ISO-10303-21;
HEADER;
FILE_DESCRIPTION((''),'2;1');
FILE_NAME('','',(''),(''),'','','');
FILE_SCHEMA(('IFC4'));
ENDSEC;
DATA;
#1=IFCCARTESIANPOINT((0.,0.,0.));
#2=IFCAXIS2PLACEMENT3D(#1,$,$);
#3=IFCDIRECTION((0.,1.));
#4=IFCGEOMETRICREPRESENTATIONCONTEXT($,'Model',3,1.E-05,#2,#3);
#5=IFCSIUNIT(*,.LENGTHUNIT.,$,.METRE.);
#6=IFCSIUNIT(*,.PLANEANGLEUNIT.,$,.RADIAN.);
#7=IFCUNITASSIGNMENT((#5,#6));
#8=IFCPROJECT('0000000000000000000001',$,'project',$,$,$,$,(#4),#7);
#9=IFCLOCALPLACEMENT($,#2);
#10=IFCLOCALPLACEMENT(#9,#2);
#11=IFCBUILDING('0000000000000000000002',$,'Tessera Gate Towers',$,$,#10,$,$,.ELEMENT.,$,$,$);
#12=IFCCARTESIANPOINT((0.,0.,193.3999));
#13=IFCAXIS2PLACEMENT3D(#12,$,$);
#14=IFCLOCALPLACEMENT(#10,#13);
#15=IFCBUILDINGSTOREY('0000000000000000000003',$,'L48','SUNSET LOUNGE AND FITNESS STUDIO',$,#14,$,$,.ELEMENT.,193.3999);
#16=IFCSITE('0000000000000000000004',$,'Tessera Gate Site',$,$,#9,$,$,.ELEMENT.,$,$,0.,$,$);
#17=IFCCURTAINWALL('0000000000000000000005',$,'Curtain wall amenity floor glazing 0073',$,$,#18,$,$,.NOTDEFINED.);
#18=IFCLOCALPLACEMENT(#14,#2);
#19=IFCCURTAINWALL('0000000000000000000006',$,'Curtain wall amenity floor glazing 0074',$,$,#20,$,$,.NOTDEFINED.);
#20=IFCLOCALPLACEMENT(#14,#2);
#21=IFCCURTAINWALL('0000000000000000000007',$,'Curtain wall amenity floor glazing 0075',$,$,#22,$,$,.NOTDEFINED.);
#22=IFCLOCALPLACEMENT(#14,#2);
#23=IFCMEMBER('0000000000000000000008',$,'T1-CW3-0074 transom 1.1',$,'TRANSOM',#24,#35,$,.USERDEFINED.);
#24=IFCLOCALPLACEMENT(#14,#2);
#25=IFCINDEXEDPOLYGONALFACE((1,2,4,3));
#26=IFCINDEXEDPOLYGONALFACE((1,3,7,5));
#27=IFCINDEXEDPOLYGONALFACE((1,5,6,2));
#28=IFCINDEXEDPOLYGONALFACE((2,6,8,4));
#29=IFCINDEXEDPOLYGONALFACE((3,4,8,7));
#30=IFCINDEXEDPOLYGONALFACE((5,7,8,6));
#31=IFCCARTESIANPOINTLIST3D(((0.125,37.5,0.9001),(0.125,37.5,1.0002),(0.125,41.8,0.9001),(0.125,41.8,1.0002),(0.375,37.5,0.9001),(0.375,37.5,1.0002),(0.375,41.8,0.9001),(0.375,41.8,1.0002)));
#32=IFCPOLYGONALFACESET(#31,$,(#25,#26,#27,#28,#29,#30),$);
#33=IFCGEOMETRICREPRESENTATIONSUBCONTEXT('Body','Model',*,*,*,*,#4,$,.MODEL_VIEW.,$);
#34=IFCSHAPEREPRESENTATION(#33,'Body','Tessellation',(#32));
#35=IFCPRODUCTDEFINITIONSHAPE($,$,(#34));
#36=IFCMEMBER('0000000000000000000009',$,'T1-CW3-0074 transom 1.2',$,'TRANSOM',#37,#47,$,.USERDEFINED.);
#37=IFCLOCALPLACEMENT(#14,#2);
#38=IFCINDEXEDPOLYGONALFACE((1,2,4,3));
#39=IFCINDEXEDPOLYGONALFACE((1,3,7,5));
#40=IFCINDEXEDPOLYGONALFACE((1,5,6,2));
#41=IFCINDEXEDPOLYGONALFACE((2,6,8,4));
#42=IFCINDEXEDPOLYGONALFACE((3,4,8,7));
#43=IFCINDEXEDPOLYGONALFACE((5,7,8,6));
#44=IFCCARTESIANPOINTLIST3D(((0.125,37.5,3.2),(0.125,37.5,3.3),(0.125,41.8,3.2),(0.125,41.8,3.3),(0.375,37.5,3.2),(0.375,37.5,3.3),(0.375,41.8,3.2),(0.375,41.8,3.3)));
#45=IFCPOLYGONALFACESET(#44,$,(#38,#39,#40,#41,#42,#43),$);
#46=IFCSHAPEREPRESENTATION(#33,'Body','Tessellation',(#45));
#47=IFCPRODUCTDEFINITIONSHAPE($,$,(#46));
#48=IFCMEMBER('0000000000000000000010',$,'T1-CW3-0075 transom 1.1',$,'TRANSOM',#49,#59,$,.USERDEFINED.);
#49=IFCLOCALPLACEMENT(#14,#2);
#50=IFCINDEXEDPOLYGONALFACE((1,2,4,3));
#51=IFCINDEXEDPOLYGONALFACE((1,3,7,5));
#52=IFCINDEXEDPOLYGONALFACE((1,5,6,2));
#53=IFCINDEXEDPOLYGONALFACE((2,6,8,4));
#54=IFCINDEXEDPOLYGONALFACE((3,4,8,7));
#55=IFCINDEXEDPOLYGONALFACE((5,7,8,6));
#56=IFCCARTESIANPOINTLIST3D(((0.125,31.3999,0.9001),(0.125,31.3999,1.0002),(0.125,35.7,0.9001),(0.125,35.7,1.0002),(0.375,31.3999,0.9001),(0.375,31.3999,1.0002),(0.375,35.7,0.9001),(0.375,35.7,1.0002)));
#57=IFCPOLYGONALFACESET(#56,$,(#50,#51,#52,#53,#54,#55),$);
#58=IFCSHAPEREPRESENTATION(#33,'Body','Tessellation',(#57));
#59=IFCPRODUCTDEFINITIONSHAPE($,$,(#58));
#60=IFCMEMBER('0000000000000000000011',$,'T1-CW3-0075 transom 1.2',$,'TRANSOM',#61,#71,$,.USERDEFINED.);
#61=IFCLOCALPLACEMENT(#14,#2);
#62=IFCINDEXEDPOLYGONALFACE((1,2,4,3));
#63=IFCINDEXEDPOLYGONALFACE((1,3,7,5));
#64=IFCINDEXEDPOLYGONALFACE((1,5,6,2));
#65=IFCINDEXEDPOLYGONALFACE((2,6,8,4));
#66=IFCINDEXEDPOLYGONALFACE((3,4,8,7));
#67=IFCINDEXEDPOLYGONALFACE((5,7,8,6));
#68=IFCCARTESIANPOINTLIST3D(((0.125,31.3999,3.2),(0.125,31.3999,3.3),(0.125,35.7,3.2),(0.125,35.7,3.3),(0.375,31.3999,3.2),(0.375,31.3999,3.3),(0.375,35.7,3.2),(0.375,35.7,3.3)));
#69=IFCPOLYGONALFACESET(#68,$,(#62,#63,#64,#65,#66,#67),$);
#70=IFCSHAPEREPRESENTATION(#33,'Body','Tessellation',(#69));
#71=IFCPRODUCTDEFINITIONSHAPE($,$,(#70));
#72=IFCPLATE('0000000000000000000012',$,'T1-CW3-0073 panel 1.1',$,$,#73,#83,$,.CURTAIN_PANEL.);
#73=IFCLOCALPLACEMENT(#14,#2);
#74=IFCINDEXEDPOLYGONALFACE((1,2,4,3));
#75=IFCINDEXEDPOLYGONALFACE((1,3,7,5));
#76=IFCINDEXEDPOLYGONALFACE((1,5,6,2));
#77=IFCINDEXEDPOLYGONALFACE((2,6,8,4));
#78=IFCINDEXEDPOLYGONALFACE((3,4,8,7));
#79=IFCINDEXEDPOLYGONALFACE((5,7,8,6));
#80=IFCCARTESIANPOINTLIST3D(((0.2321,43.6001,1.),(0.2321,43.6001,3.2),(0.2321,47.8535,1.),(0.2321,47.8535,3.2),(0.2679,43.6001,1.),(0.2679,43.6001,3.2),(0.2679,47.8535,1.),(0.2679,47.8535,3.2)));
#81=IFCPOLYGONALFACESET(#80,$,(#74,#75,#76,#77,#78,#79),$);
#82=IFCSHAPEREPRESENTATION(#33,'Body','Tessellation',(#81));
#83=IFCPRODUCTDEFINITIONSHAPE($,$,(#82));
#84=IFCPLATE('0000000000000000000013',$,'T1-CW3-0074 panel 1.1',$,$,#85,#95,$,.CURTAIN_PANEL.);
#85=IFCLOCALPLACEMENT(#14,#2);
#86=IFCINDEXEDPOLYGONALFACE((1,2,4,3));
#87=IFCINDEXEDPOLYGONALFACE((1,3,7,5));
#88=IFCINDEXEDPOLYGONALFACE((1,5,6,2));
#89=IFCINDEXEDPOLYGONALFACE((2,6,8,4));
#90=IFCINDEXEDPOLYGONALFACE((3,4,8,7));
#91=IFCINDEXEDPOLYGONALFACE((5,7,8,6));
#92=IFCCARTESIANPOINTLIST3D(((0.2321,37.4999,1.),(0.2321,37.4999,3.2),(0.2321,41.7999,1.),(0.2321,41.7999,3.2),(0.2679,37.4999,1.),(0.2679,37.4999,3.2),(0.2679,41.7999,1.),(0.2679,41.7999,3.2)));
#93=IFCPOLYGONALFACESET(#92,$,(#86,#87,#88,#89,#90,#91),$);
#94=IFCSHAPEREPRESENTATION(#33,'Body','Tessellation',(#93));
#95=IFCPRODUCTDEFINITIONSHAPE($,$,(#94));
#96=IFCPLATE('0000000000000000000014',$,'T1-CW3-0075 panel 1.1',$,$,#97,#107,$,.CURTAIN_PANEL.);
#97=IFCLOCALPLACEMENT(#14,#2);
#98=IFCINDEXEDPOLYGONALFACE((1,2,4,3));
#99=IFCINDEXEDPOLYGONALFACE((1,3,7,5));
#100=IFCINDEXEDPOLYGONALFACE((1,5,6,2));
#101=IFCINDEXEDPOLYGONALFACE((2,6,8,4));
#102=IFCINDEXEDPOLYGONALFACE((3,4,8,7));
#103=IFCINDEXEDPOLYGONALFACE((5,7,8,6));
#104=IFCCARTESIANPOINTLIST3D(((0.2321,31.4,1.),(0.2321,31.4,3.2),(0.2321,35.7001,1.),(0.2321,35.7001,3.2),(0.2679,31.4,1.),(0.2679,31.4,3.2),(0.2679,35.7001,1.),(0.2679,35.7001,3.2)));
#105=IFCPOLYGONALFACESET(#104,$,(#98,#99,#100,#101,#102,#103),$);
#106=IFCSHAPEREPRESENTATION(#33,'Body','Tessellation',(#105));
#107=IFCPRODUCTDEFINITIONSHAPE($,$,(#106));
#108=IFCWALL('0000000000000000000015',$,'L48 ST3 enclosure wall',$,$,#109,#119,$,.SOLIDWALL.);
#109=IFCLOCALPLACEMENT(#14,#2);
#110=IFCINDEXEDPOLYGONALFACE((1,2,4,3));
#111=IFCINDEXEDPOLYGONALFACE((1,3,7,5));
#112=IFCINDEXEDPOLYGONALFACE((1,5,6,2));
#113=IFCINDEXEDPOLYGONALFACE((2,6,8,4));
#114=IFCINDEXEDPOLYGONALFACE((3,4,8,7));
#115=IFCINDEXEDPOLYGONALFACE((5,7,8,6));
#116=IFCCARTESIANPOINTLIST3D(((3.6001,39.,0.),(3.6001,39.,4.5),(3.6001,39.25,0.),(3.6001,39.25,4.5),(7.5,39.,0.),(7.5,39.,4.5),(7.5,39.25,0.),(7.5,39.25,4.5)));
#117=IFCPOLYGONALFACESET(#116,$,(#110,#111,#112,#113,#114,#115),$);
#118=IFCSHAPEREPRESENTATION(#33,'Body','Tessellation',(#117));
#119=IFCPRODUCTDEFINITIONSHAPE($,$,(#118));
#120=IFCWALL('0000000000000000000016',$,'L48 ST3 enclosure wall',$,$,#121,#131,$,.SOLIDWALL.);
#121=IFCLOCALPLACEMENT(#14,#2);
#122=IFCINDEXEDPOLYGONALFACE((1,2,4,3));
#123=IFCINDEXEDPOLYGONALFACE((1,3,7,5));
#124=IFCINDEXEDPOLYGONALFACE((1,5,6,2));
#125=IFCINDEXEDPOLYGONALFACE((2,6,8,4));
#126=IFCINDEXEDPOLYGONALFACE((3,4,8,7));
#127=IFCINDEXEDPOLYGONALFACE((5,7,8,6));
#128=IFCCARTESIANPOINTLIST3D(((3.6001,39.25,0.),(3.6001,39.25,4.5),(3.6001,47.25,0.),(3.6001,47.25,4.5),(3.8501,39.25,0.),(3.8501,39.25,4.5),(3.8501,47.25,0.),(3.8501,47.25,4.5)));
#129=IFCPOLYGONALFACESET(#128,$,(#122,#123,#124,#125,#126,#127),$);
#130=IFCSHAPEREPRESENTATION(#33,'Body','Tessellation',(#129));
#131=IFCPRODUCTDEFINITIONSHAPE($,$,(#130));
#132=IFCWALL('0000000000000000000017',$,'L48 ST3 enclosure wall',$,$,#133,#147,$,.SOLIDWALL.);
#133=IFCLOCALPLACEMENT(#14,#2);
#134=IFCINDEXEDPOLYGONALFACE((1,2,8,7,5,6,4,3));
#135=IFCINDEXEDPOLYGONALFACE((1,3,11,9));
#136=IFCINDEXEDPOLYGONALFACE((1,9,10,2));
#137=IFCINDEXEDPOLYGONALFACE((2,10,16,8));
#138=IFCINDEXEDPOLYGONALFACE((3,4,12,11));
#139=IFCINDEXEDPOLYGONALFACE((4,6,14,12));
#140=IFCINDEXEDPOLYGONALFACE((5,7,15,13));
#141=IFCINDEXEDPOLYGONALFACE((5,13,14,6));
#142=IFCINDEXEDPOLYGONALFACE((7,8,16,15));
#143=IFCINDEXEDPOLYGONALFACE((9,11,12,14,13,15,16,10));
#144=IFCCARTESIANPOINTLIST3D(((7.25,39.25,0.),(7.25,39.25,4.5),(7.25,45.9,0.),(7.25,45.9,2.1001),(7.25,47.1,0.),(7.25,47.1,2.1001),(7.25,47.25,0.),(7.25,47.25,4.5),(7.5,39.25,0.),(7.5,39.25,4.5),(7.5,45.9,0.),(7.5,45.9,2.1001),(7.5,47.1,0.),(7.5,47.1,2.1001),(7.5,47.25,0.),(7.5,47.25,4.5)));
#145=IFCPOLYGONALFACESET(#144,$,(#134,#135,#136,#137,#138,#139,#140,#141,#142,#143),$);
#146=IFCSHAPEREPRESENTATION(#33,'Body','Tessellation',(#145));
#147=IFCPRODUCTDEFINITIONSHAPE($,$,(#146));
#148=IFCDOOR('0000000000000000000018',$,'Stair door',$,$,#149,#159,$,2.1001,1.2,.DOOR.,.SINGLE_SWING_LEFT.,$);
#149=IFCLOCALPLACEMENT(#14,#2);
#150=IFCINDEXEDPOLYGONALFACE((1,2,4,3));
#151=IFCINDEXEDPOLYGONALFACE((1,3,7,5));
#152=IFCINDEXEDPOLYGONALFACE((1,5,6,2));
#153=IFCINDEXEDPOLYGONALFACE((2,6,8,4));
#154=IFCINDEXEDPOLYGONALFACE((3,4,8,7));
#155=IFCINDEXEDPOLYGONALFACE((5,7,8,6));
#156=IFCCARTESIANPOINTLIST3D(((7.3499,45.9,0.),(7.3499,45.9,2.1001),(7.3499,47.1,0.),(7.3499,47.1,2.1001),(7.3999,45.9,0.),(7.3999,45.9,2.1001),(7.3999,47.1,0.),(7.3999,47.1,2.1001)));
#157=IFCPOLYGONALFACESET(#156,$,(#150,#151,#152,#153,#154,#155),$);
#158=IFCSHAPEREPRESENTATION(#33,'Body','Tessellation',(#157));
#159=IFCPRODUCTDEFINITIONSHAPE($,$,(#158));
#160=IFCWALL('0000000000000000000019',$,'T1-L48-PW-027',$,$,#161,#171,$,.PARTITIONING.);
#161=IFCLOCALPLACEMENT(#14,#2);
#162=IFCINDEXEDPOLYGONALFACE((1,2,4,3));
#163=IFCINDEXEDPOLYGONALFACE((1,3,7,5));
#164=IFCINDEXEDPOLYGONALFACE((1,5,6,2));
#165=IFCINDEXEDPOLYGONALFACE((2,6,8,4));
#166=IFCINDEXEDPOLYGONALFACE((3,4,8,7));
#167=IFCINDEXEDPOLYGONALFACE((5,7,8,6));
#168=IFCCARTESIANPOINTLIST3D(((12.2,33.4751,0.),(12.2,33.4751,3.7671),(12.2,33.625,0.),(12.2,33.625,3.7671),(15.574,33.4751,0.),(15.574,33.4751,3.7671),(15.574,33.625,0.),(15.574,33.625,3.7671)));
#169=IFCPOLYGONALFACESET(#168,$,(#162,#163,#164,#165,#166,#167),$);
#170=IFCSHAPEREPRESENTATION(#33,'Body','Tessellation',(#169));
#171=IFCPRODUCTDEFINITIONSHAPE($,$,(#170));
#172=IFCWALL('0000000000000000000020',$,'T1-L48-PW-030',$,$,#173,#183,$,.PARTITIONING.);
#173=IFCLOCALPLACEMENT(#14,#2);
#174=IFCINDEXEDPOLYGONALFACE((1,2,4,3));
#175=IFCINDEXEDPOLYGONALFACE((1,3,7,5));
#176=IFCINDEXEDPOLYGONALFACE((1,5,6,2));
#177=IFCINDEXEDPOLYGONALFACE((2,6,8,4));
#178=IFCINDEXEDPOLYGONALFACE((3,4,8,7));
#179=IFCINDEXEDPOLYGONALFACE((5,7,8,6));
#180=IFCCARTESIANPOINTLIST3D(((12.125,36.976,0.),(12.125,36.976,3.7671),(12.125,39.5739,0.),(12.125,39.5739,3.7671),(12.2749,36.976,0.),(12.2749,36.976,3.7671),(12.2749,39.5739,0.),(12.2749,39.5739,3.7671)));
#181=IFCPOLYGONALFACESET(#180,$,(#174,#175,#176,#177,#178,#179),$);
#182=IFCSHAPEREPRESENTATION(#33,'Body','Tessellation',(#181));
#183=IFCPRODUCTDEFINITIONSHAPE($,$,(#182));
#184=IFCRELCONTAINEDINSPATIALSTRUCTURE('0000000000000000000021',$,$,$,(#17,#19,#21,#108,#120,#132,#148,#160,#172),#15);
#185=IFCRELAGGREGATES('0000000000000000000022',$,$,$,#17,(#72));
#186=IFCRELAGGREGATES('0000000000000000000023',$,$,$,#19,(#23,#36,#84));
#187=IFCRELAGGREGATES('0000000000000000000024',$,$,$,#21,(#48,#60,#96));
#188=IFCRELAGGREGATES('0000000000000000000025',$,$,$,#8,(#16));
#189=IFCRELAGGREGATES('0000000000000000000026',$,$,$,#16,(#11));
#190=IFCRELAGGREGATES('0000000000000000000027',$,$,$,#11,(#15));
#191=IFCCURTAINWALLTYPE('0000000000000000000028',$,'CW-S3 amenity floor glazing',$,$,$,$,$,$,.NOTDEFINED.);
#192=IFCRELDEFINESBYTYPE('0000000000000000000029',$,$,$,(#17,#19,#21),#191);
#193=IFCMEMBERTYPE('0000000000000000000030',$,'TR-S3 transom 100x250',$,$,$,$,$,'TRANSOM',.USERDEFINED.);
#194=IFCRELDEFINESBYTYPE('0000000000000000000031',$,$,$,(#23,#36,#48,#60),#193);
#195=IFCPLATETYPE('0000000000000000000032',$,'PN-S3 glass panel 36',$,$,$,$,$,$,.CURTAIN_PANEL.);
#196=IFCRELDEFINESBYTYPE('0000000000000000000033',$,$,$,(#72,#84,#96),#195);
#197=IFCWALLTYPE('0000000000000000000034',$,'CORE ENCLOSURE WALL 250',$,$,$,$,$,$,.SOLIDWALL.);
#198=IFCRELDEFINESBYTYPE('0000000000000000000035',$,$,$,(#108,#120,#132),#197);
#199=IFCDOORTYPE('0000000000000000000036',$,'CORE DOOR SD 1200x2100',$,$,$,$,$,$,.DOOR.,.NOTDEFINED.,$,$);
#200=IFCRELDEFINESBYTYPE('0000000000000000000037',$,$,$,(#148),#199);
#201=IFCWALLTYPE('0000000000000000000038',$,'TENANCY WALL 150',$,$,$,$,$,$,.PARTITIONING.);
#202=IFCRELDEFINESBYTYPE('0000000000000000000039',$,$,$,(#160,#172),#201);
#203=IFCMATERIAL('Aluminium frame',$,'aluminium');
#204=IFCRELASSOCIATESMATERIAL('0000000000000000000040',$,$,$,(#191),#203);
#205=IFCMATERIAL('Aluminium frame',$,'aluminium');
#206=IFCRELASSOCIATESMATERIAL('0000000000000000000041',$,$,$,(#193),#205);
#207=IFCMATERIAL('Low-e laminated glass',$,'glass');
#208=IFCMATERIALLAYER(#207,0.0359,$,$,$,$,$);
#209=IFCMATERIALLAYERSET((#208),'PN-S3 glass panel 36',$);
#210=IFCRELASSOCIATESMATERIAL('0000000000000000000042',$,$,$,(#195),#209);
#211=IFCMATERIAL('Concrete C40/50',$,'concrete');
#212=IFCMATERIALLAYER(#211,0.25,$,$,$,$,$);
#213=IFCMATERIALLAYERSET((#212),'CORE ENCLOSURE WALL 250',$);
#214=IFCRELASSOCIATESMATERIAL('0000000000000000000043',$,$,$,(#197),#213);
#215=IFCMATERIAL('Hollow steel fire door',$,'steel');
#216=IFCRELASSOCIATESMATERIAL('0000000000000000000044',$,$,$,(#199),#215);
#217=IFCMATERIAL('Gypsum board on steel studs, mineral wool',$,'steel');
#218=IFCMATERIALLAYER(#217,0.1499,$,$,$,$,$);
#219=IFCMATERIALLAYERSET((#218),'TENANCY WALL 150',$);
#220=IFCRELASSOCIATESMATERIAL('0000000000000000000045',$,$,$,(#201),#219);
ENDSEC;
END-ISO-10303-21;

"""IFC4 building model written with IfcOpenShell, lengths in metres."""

from ifc_helpers import new_model, si_unit, direction, frame, frame_2d, origin, origin_2d, place, context, subcontext, project, spatial, rectangle, extrude, source, transform, mapped, material, layer, layer_set, material_profile, profile_set, type_object, element, fill, aggregate, save


model = new_model("IFC4")

# Units and contexts
model_context = context("Model", 3, precision=1e-05, world=origin(), true_north=direction((0.0, 1.0)))
body_context = subcontext(model_context, "Body", "Model", "MODEL_VIEW")
ifc_project = project(units=[si_unit("LENGTHUNIT", "METRE"), si_unit("PLANEANGLEUNIT", "RADIAN")], contexts=[model_context])

# Site, building, storey
site_placement = place(None, origin())
site = spatial("IfcSite", under=ifc_project, at=site_placement, Name="Tessera Gate Site", CompositionType="ELEMENT", RefElevation=0.0)
building_placement = place(site_placement, origin())
building = spatial("IfcBuilding", under=site, at=building_placement, Name="Tessera Gate Towers", CompositionType="ELEMENT")
storey_placement = place(building_placement, frame((0.0, 0.0, 193.3999)))
storey = spatial("IfcBuildingStorey", under=building, at=storey_placement, Name="L48", Description="SUNSET LOUNGE AND FITNESS STUDIO", CompositionType="ELEMENT", Elevation=193.3999)

# Curtain wall
ifc_material_1 = material(Name="Aluminium frame", Category="aluminium")
curtain_wall_type = type_object("IfcCurtainWallType", Name="CW-S3 amenity floor glazing", PredefinedType="NOTDEFINED", material=ifc_material_1)
curtain_wall_1_placement = place(storey_placement, origin())
curtain_wall_1 = element("IfcCurtainWall", 1, at=curtain_wall_1_placement, inside=storey, type_object=curtain_wall_type, Name="Curtain wall amenity floor glazing 0073", PredefinedType="NOTDEFINED")

# Curtain walls
curtain_wall_2_placement = place(storey_placement, origin())
curtain_wall_2 = element("IfcCurtainWall", 2, at=curtain_wall_2_placement, inside=storey, type_object=curtain_wall_type, Name="Curtain wall amenity floor glazing 0074", PredefinedType="NOTDEFINED")
curtain_wall_3_placement = place(storey_placement, origin())
curtain_wall_3 = element("IfcCurtainWall", 3, at=curtain_wall_3_placement, inside=storey, type_object=curtain_wall_type, Name="Curtain wall amenity floor glazing 0075", PredefinedType="NOTDEFINED")

# Members
ifc_material_2 = material(Name="Aluminium frame", Category="aluminium")
ifc_material_profile_1 = material_profile(ifc_material_2, rectangle(XDim=0.25, YDim=0.1001, at=origin_2d()), Name="AL 100x250")
ifc_profile_set_1 = profile_set([ifc_material_profile_1], Name="Aluminium frame")
member_type_1 = type_object("IfcMemberType", Name="TR-S3 transom 100x250", ElementType="TRANSOM", PredefinedType="USERDEFINED", material=ifc_profile_set_1)
member_1_placement = place(storey_placement, frame((0.25, 41.8, 0.9502), z_axis=(0.0, -1.0, 0.0), x_axis=(1.0, 0.0, 0.0)))
member_1 = element("IfcMember", 4, at=member_1_placement, type_object=member_type_1, Name="T1-CW3-0074 transom 1.1", ObjectType="TRANSOM", PredefinedType="USERDEFINED", context=body_context, shape_type="SweptSolid", body=[
    extrude(rectangle(XDim=0.25, YDim=0.1001, at=origin_2d()), origin(), (0.0, 0.0, 1.0), 4.3),
])
member_2_placement = place(storey_placement, frame((0.25, 41.8, 3.25), z_axis=(0.0, -1.0, 0.0), x_axis=(1.0, 0.0, 0.0)))
member_2 = element("IfcMember", 5, at=member_2_placement, type_object=member_type_1, Name="T1-CW3-0074 transom 1.2", ObjectType="TRANSOM", PredefinedType="USERDEFINED", context=body_context, shape_type="SweptSolid", body=[
    extrude(rectangle(XDim=0.25, YDim=0.1001, at=origin_2d()), origin(), (0.0, 0.0, 1.0), 4.3),
])
member_3_placement = place(storey_placement, frame((0.25, 35.7, 0.9502), z_axis=(0.0, -1.0, 0.0), x_axis=(1.0, 0.0, 0.0)))
member_3 = element("IfcMember", 6, at=member_3_placement, type_object=member_type_1, Name="T1-CW3-0075 transom 1.1", ObjectType="TRANSOM", PredefinedType="USERDEFINED", context=body_context, shape_type="SweptSolid", body=[
    extrude(rectangle(XDim=0.25, YDim=0.1001, at=origin_2d()), origin(), (0.0, 0.0, 1.0), 4.3),
])
member_4_placement = place(storey_placement, frame((0.25, 35.7, 3.25), z_axis=(0.0, -1.0, 0.0), x_axis=(1.0, 0.0, 0.0)))
member_4 = element("IfcMember", 7, at=member_4_placement, type_object=member_type_1, Name="T1-CW3-0075 transom 1.2", ObjectType="TRANSOM", PredefinedType="USERDEFINED", context=body_context, shape_type="SweptSolid", body=[
    extrude(rectangle(XDim=0.25, YDim=0.1001, at=origin_2d()), origin(), (0.0, 0.0, 1.0), 4.3),
])

# Plates
ifc_material_3 = material(Name="Low-e laminated glass", Category="glass")
ifc_layer_1 = layer(ifc_material_3, 0.0359)
ifc_layer_set_1 = layer_set([ifc_layer_1], Name="PN-S3 glass panel 36")
plate_type = type_object("IfcPlateType", Name="PN-S3 glass panel 36", PredefinedType="CURTAIN_PANEL", material=ifc_layer_set_1)
plate_1_placement = place(storey_placement, frame((0.25, 45.7268, 1.0), z_axis=(0.0, 0.0, 1.0), x_axis=(0.0, -1.0, 0.0)))
plate_1 = element("IfcPlate", 8, at=plate_1_placement, type_object=plate_type, Name="T1-CW3-0073 panel 1.1", PredefinedType="CURTAIN_PANEL", context=body_context, shape_type="SweptSolid", body=[
    extrude(rectangle(XDim=4.2534, YDim=0.0359, at=origin_2d()), origin(), (0.0, 0.0, 1.0), 2.2),
])
aggregate(curtain_wall_1, [plate_1])
plate_2_placement = place(storey_placement, frame((0.25, 39.6499, 1.0), z_axis=(0.0, 0.0, 1.0), x_axis=(0.0, -1.0, 0.0)))
plate_2 = element("IfcPlate", 9, at=plate_2_placement, type_object=plate_type, Name="T1-CW3-0074 panel 1.1", PredefinedType="CURTAIN_PANEL", context=body_context, shape_type="SweptSolid", body=[
    extrude(rectangle(XDim=4.3, YDim=0.0359, at=origin_2d()), origin(), (0.0, 0.0, 1.0), 2.2),
])
aggregate(curtain_wall_2, [member_1, member_2, plate_2])
plate_3_placement = place(storey_placement, frame((0.25, 33.55, 1.0), z_axis=(0.0, 0.0, 1.0), x_axis=(0.0, -1.0, 0.0)))
plate_3 = element("IfcPlate", 10, at=plate_3_placement, type_object=plate_type, Name="T1-CW3-0075 panel 1.1", PredefinedType="CURTAIN_PANEL", context=body_context, shape_type="SweptSolid", body=[
    extrude(rectangle(XDim=4.3, YDim=0.0359, at=origin_2d()), origin(), (0.0, 0.0, 1.0), 2.2),
])
aggregate(curtain_wall_3, [member_3, member_4, plate_3])

# Walls
ifc_material_4 = material(Name="Concrete C40/50", Category="concrete")
ifc_layer_2 = layer(ifc_material_4, 0.25)
ifc_layer_set_2 = layer_set([ifc_layer_2], Name="CORE ENCLOSURE WALL 250")
wall_type_1 = type_object("IfcWallType", Name="CORE ENCLOSURE WALL 250", PredefinedType="SOLIDWALL", material=ifc_layer_set_2)
wall_1_placement = place(storey_placement, frame((7.5, 39.125, 0.0), z_axis=(0.0, 0.0, 1.0), x_axis=(-1.0, 0.0, 0.0)))
element("IfcWall", 11, at=wall_1_placement, inside=storey, type_object=wall_type_1, Name="L48 ST3 enclosure wall", PredefinedType="SOLIDWALL", context=body_context, shape_type="SweptSolid", body=[
    extrude(rectangle(XDim=3.8999, YDim=0.25, at=frame_2d((1.95, 0.0))), origin(), (0.0, 0.0, 1.0), 4.5),
])
wall_2_placement = place(storey_placement, frame((3.7251, 39.25, 0.0), z_axis=(0.0, 0.0, 1.0), x_axis=(0.0, 1.0, 0.0)))
element("IfcWall", 12, at=wall_2_placement, inside=storey, type_object=wall_type_1, Name="L48 ST3 enclosure wall", PredefinedType="SOLIDWALL", context=body_context, shape_type="SweptSolid", body=[
    extrude(rectangle(XDim=8.0, YDim=0.25, at=frame_2d((4.0, 0.0))), origin(), (0.0, 0.0, 1.0), 4.5),
])

# Wall, opening, door
wall_3_placement = place(storey_placement, frame((7.375, 47.25, 0.0), z_axis=(0.0, 0.0, 1.0), x_axis=(0.0, -1.0, 0.0)))
wall_3 = element("IfcWall", 13, at=wall_3_placement, inside=storey, type_object=wall_type_1, Name="L48 ST3 enclosure wall", PredefinedType="SOLIDWALL", context=body_context, shape_type="SweptSolid", body=[
    extrude(rectangle(XDim=8.0, YDim=0.25, at=frame_2d((4.0, 0.0))), origin(), (0.0, 0.0, 1.0), 4.5),
])
shared_shape_1 = source(origin(), body_context, "Body", "SweptSolid", [
    extrude(rectangle(XDim=1.2, YDim=2.1001, at=frame_2d((0.6001, 1.05))), frame((0.0, 0.135, 0.0), z_axis=(0.0, -1.0, 0.0), x_axis=(1.0, 0.0, 0.0)), (0.0, 0.0, 1.0), 0.27),
])
opening_placement = place(wall_3_placement, frame((0.1499, 0.0, 0.0)))
opening = element("IfcOpeningElement", 14, at=opening_placement, cuts=wall_3, PredefinedType="OPENING", context=body_context, shape_type="MappedRepresentation", body=[
    mapped(shared_shape_1, transform((0.0, 0.0, 0.0), scale=1.0)),
])
ifc_material_5 = material(Name="Hollow steel fire door", Category="steel")
door_type = type_object("IfcDoorType", Name="CORE DOOR SD 1200x2100", OperationType="NOTDEFINED", PredefinedType="DOOR", material=ifc_material_5)
shared_shape_2 = source(origin(), body_context, "Body", "SweptSolid", [
    extrude(rectangle(XDim=1.2, YDim=2.1001, at=frame_2d((0.6001, 1.05))), frame((0.0, 0.0249, 0.0), z_axis=(0.0, -1.0, 0.0), x_axis=(1.0, 0.0, 0.0)), (0.0, 0.0, 1.0), 0.05),
])
door_placement = place(opening_placement, origin())
door = element("IfcDoor", 15, at=door_placement, inside=storey, type_object=door_type, Name="Stair door", OperationType="SINGLE_SWING_LEFT", OverallHeight=2.1001, OverallWidth=1.2, PredefinedType="DOOR", context=body_context, shape_type="MappedRepresentation", body=[
    mapped(shared_shape_2, transform((0.0, 0.0, 0.0), scale=1.0)),
])
fill(opening, door)

# Walls
ifc_material_6 = material(Name="Gypsum board on steel studs, mineral wool", Category="steel")
ifc_layer_3 = layer(ifc_material_6, 0.1499)
ifc_layer_set_3 = layer_set([ifc_layer_3], Name="TENANCY WALL 150")
wall_type_2 = type_object("IfcWallType", Name="TENANCY WALL 150", PredefinedType="PARTITIONING", material=ifc_layer_set_3)
wall_4_placement = place(storey_placement, frame((12.2, 33.55, 0.0), z_axis=(0.0, 0.0, 1.0), x_axis=(1.0, 0.0, 0.0)))
element("IfcWall", 16, at=wall_4_placement, inside=storey, type_object=wall_type_2, Name="T1-L48-PW-027", PredefinedType="PARTITIONING", context=body_context, shape_type="SweptSolid", body=[
    extrude(rectangle(XDim=3.374, YDim=0.1499, at=frame_2d((1.687, 0.0))), origin(), (0.0, 0.0, 1.0), 3.7671),
])
wall_5_placement = place(storey_placement, frame((12.2, 36.9761, 0.0), z_axis=(0.0, 0.0, 1.0), x_axis=(0.0, 1.0, 0.0)))
element("IfcWall", 17, at=wall_5_placement, inside=storey, type_object=wall_type_2, Name="T1-L48-PW-030", PredefinedType="PARTITIONING", context=body_context, shape_type="SweptSolid", body=[
    extrude(rectangle(XDim=2.5979, YDim=0.1499, at=frame_2d((1.2988, 0.0))), origin(), (0.0, 0.0, 1.0), 3.7671),
])

save(model, "model.ifc")
